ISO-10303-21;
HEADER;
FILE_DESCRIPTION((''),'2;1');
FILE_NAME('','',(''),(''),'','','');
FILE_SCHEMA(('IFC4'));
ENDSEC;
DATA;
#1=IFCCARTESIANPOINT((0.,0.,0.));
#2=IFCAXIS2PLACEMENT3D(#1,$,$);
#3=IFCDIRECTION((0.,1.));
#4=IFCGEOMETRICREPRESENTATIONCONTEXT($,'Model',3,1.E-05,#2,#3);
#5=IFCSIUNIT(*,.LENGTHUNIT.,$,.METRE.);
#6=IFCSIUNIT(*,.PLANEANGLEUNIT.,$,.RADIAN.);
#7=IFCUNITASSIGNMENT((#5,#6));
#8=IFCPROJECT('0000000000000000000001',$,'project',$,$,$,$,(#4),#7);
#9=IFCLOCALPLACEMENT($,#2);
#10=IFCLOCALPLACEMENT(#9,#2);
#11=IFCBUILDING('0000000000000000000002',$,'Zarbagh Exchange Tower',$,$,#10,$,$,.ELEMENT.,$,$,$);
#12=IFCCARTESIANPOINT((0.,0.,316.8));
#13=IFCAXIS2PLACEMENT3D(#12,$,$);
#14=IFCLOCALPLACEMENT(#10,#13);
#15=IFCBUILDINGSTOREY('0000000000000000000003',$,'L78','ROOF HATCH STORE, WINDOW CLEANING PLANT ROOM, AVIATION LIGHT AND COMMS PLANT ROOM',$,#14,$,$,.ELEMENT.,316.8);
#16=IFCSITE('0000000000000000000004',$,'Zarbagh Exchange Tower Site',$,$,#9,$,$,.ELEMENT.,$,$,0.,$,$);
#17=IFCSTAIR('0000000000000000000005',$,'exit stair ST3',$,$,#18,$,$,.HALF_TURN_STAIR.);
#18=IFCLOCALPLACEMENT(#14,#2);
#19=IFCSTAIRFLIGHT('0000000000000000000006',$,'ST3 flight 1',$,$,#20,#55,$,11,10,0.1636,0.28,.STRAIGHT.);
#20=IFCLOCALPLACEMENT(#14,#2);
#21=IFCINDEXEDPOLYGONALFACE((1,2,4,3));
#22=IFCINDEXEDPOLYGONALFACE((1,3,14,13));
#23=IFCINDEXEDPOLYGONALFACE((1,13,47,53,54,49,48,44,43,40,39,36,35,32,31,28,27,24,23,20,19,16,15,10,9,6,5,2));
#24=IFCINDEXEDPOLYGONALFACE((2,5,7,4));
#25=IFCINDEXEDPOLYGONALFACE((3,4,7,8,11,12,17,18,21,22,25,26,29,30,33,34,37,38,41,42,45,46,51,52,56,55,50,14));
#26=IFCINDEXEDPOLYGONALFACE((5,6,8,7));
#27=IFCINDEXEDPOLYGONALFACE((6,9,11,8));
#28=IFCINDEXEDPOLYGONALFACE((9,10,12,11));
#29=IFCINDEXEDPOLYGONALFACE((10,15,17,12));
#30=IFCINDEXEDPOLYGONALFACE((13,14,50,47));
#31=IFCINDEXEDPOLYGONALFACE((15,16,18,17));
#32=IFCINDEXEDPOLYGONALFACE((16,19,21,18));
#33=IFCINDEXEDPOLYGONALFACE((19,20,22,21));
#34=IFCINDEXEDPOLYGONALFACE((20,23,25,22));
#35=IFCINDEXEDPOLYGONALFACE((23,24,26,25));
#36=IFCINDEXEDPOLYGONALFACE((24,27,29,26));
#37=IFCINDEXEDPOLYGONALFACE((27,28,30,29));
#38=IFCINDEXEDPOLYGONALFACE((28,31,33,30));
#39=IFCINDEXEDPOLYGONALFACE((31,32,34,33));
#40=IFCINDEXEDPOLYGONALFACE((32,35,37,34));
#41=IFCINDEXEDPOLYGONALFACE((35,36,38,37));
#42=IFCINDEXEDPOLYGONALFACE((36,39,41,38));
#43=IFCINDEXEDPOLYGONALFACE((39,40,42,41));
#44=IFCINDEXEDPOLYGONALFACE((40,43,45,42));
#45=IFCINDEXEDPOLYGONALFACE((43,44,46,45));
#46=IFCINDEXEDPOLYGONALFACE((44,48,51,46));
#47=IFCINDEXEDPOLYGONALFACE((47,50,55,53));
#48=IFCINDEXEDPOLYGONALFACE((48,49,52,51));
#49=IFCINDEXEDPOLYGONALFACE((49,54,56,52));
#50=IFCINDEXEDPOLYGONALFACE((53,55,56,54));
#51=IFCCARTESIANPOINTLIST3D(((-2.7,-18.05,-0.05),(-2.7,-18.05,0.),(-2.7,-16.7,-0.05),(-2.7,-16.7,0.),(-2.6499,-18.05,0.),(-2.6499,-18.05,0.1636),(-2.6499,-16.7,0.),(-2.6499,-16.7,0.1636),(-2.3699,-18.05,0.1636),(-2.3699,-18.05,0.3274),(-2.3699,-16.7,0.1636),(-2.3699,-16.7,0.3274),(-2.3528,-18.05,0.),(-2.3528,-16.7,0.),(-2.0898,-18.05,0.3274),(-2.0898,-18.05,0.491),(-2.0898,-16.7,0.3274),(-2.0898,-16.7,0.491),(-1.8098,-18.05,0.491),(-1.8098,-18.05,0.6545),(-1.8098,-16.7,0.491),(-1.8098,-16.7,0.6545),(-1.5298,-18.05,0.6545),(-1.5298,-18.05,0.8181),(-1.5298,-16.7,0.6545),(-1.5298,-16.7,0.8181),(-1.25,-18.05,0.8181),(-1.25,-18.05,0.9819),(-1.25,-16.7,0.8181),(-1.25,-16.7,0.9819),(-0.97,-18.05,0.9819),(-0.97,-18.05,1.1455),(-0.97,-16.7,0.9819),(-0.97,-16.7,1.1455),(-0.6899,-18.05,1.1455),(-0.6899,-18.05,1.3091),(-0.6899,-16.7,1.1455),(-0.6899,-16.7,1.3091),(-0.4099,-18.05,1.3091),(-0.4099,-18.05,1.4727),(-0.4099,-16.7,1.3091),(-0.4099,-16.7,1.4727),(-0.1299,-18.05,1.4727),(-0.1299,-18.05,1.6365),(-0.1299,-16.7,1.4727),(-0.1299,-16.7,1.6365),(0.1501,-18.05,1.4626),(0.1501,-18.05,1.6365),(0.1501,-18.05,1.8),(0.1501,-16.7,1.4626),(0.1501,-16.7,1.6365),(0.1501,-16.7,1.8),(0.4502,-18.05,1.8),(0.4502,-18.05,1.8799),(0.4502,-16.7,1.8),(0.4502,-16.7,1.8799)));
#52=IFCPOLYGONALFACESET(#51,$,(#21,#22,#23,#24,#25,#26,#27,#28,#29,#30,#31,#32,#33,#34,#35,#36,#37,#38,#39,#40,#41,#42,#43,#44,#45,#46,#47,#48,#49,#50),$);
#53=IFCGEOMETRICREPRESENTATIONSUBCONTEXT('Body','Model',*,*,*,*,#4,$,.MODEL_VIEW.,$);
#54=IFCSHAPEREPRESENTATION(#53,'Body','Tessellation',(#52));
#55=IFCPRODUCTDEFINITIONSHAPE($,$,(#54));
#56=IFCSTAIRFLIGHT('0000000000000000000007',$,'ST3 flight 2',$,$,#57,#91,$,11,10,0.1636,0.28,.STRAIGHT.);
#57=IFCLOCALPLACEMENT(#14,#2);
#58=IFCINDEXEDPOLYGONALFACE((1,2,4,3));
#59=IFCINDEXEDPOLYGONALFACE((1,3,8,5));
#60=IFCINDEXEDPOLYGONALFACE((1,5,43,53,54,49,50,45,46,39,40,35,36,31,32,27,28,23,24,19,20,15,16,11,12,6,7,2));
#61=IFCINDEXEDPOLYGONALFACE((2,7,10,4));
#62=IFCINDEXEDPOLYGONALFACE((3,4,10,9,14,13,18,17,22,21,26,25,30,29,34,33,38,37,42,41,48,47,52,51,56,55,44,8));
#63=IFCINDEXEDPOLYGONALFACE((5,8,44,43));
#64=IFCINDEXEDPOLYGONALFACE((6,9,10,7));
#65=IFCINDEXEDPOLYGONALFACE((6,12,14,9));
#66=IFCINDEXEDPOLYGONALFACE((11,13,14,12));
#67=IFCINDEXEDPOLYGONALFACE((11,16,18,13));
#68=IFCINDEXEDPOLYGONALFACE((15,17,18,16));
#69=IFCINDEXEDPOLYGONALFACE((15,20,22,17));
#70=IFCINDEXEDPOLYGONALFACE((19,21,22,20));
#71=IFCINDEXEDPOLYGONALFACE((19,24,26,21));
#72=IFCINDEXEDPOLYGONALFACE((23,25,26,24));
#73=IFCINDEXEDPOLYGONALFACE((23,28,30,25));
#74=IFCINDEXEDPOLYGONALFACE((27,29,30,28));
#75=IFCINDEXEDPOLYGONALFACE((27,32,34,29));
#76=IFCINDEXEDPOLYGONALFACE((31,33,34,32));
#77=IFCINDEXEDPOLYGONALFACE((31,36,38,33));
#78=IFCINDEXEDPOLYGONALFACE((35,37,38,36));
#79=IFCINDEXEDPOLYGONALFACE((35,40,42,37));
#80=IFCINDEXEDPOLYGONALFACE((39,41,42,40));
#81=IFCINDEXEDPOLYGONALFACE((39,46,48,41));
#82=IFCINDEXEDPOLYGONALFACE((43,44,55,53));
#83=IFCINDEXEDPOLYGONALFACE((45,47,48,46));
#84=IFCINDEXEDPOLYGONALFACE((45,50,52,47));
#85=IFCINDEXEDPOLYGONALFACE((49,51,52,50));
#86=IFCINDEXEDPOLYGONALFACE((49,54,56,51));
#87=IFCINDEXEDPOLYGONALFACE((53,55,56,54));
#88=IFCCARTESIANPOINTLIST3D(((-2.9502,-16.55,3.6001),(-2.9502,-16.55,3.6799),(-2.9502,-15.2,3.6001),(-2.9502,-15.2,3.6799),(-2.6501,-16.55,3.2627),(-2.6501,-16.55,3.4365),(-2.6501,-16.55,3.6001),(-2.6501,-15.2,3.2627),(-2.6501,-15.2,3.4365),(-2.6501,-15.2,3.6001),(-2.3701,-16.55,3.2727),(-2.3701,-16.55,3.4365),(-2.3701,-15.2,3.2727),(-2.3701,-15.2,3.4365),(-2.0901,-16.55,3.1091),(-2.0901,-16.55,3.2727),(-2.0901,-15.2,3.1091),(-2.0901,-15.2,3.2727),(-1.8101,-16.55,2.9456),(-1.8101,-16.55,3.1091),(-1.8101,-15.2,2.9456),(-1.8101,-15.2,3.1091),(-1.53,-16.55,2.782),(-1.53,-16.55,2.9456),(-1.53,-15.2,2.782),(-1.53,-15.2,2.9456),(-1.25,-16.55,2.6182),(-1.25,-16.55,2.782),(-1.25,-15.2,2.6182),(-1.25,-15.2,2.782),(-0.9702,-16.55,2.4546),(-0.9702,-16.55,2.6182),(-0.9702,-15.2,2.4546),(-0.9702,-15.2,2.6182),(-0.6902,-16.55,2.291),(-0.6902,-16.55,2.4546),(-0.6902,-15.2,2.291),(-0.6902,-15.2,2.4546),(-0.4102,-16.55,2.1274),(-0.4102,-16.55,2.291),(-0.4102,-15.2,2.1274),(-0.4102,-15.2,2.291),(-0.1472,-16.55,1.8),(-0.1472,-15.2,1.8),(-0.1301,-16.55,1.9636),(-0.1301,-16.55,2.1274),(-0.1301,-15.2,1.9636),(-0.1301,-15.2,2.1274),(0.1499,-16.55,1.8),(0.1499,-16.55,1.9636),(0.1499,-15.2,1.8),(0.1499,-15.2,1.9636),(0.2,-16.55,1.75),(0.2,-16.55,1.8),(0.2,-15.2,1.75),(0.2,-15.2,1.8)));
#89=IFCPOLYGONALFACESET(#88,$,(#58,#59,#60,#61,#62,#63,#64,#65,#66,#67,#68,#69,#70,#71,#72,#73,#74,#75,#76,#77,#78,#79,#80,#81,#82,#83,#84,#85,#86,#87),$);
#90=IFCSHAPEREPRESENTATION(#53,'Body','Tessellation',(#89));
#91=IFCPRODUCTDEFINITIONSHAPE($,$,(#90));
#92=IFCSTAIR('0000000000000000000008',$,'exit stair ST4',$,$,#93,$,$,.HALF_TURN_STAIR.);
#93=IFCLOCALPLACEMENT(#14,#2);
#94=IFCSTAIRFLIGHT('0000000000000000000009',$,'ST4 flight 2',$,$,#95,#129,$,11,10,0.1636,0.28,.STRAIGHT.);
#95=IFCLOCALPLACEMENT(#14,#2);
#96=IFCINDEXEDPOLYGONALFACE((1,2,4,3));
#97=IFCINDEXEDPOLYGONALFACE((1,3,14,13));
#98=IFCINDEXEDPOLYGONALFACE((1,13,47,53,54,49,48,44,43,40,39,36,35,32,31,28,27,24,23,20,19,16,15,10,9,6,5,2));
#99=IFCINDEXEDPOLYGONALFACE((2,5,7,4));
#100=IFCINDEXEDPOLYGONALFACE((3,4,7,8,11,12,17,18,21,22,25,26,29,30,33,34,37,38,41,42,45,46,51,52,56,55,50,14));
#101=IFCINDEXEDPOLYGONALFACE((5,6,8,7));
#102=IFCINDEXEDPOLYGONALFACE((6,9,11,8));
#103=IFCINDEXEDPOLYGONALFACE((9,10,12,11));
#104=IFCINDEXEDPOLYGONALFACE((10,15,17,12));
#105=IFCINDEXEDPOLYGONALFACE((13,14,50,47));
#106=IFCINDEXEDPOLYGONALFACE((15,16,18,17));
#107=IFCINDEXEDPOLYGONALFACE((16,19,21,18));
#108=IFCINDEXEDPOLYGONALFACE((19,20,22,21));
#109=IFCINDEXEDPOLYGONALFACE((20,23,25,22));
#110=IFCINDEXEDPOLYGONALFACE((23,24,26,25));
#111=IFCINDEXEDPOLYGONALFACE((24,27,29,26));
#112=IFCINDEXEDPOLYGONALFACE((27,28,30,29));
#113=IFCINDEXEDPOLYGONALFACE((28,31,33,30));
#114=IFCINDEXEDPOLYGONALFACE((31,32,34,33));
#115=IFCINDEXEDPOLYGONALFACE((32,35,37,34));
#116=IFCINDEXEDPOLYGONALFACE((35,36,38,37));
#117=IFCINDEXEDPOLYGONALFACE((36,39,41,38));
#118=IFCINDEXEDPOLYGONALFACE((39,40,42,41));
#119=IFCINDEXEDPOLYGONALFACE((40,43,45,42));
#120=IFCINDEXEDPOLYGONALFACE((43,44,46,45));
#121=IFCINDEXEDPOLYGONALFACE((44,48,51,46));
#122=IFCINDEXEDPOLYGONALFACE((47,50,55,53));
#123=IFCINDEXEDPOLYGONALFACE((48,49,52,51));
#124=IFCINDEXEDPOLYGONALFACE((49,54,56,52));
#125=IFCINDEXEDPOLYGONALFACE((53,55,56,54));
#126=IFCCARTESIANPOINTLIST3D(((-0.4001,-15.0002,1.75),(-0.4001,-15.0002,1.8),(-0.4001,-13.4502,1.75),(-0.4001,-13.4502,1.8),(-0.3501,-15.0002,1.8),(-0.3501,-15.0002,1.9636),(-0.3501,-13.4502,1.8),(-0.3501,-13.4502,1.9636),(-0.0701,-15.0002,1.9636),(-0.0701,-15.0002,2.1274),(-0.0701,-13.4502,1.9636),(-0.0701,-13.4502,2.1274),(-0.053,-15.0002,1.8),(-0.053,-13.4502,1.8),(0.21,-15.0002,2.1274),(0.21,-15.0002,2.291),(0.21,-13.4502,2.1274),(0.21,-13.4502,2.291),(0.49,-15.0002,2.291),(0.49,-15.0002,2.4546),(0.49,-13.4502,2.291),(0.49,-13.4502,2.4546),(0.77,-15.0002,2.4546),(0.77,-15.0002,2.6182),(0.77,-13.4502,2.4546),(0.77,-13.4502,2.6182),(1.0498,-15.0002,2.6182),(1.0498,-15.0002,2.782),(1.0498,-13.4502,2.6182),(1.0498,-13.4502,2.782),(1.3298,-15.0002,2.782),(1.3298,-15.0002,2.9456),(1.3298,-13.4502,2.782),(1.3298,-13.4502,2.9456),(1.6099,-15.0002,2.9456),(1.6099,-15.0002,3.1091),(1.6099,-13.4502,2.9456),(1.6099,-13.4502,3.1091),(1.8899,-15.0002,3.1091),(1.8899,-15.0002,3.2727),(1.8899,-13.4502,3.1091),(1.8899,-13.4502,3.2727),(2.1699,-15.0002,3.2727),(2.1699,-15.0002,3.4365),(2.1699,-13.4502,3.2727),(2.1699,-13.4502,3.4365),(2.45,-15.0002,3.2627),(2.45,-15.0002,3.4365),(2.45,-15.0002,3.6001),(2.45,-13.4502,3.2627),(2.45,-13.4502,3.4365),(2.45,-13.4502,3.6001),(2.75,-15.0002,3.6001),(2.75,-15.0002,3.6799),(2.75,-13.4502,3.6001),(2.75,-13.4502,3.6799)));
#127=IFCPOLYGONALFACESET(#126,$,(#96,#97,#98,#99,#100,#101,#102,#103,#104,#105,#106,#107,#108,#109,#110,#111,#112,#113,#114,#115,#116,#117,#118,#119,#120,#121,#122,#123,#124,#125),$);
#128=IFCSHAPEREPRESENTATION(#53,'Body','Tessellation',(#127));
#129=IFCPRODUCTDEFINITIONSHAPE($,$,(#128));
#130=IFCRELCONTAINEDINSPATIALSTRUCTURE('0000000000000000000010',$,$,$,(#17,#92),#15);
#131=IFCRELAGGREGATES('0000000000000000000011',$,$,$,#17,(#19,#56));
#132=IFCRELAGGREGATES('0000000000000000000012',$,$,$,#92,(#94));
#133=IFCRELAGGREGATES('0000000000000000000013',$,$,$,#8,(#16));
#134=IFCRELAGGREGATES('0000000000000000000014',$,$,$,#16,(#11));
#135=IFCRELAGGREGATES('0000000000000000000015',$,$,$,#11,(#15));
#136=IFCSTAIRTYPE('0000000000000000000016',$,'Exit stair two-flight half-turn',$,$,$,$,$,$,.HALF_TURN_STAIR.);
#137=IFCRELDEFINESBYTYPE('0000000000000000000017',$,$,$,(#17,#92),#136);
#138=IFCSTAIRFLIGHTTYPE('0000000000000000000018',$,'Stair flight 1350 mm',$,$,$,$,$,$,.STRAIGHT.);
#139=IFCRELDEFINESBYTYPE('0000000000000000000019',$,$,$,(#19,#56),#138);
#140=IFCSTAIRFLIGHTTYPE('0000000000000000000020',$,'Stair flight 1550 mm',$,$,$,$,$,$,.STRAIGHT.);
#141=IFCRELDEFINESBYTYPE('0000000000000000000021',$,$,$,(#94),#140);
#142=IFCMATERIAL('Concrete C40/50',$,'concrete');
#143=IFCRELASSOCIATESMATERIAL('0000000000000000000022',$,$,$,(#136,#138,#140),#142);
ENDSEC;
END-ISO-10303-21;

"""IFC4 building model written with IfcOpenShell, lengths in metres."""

from ifc_helpers import new_model, si_unit, direction, frame, origin, place, context, subcontext, project, spatial, polyline, outline, extrude, material, type_object, element, aggregate, save


model = new_model("IFC4")

# Units and contexts
model_context = context("Model", 3, precision=1e-05, world=origin(), true_north=direction((0.0, 1.0)))
body_context = subcontext(model_context, "Body", "Model", "MODEL_VIEW")
ifc_project = project(units=[si_unit("LENGTHUNIT", "METRE"), si_unit("PLANEANGLEUNIT", "RADIAN")], contexts=[model_context])

# Site, building, storey
site_placement = place(None, origin())
site = spatial("IfcSite", under=ifc_project, at=site_placement, Name="Zarbagh Exchange Tower Site", CompositionType="ELEMENT", RefElevation=0.0)
building_placement = place(site_placement, origin())
building = spatial("IfcBuilding", under=site, at=building_placement, Name="Zarbagh Exchange Tower", CompositionType="ELEMENT")
storey_placement = place(building_placement, frame((0.0, 0.0, 316.8)))
storey = spatial("IfcBuildingStorey", under=building, at=storey_placement, Name="L78", Description="ROOF HATCH STORE, WINDOW CLEANING PLANT ROOM, AVIATION LIGHT AND COMMS PLANT ROOM", CompositionType="ELEMENT", Elevation=316.8)

# Shared definitions
ifc_material_1 = material(Name="Concrete C40/50", Category="concrete")

# Stair, stair flights
stair_type = type_object("IfcStairType", Name="Exit stair two-flight half-turn", PredefinedType="HALF_TURN_STAIR", material=ifc_material_1)
stair_1_placement = place(storey_placement, origin())
stair_1 = element("IfcStair", 1, at=stair_1_placement, inside=storey, type_object=stair_type, Name="exit stair ST3", PredefinedType="HALF_TURN_STAIR")
stair_flight_type_1 = type_object("IfcStairFlightType", Name="Stair flight 1350 mm", PredefinedType="STRAIGHT", material=ifc_material_1)
stair_flight_1_placement = place(storey_placement, frame((-2.6499, -17.375, 0.0), z_axis=(0.0, 0.0, 1.0), x_axis=(1.0, 0.0, 0.0)))
stair_flight_1 = element("IfcStairFlight", 2, at=stair_flight_1_placement, type_object=stair_flight_type_1, Name="ST3 flight 1", NumberOfRisers=11, NumberOfTreads=10, PredefinedType="STRAIGHT", RiserHeight=0.1636, TreadLength=0.28, context=body_context, shape_type="SweptSolid", body=[
    extrude(outline(polyline([(-0.05, -0.05), (-0.05, 0.0), (0.0, 0.0), (0.0, 0.1636), (0.28, 0.1636), (0.28, 0.3274), (0.5601, 0.3274), (0.5601, 0.491), (0.8401, 0.491), (0.8401, 0.6545), (1.1201, 0.6545), (1.1201, 0.8181), (1.3999, 0.8181), (1.3999, 0.9819), (1.6799, 0.9819), (1.6799, 1.1455), (1.96, 1.1455), (1.96, 1.3091), (2.24, 1.3091), (2.24, 1.4727), (2.52, 1.4727), (2.52, 1.6365), (2.8, 1.6365), (2.8, 1.8), (3.1001, 1.8799), (3.1001, 1.8), (2.8, 1.4626), (0.2971, 0.0), (-0.05, -0.05)])), frame((0.0, 0.675, 0.0), z_axis=(0.0, -1.0, 0.0), x_axis=(1.0, 0.0, 0.0)), (0.0, 0.0, 1.0), 1.3501),
])
stair_flight_2_placement = place(storey_placement, frame((0.1499, -15.875, 1.8), z_axis=(0.0, 0.0, 1.0), x_axis=(-1.0, 0.0, 0.0)))
stair_flight_2 = element("IfcStairFlight", 3, at=stair_flight_2_placement, type_object=stair_flight_type_1, Name="ST3 flight 2", NumberOfRisers=11, NumberOfTreads=10, PredefinedType="STRAIGHT", RiserHeight=0.1636, TreadLength=0.28, context=body_context, shape_type="SweptSolid", body=[
    extrude(outline(polyline([(-0.05, -0.05), (-0.05, 0.0), (0.0, 0.0), (0.0, 0.1636), (0.28, 0.1636), (0.28, 0.3274), (0.5601, 0.3274), (0.5601, 0.491), (0.8401, 0.491), (0.8401, 0.6545), (1.1201, 0.6545), (1.1201, 0.8181), (1.3999, 0.8181), (1.3999, 0.9819), (1.6799, 0.9819), (1.6799, 1.1455), (1.96, 1.1455), (1.96, 1.3091), (2.24, 1.3091), (2.24, 1.4727), (2.52, 1.4727), (2.52, 1.6365), (2.8, 1.6365), (2.8, 1.8), (3.1001, 1.8799), (3.1001, 1.8), (2.8, 1.4626), (0.2971, 0.0), (-0.05, -0.05)])), frame((0.0, 0.675, 0.0), z_axis=(0.0, -1.0, 0.0), x_axis=(1.0, 0.0, 0.0)), (0.0, 0.0, 1.0), 1.3501),
])
aggregate(stair_1, [stair_flight_1, stair_flight_2])

# Stair, stair flight
stair_2_placement = place(storey_placement, origin())
stair_2 = element("IfcStair", 4, at=stair_2_placement, inside=storey, type_object=stair_type, Name="exit stair ST4", PredefinedType="HALF_TURN_STAIR")
stair_flight_type_2 = type_object("IfcStairFlightType", Name="Stair flight 1550 mm", PredefinedType="STRAIGHT", material=ifc_material_1)
stair_flight_3_placement = place(storey_placement, frame((-0.3501, -14.2251, 1.8), z_axis=(0.0, 0.0, 1.0), x_axis=(1.0, 0.0, 0.0)))
stair_flight_3 = element("IfcStairFlight", 5, at=stair_flight_3_placement, type_object=stair_flight_type_2, Name="ST4 flight 2", NumberOfRisers=11, NumberOfTreads=10, PredefinedType="STRAIGHT", RiserHeight=0.1636, TreadLength=0.28, context=body_context, shape_type="SweptSolid", body=[
    extrude(outline(polyline([(-0.05, -0.05), (-0.05, 0.0), (0.0, 0.0), (0.0, 0.1636), (0.28, 0.1636), (0.28, 0.3274), (0.5601, 0.3274), (0.5601, 0.491), (0.8401, 0.491), (0.8401, 0.6545), (1.1201, 0.6545), (1.1201, 0.8181), (1.3999, 0.8181), (1.3999, 0.9819), (1.6799, 0.9819), (1.6799, 1.1455), (1.96, 1.1455), (1.96, 1.3091), (2.24, 1.3091), (2.24, 1.4727), (2.52, 1.4727), (2.52, 1.6365), (2.8, 1.6365), (2.8, 1.8), (3.1001, 1.8799), (3.1001, 1.8), (2.8, 1.4626), (0.2971, 0.0), (-0.05, -0.05)])), frame((0.0, 0.7749, 0.0), z_axis=(0.0, -1.0, 0.0), x_axis=(1.0, 0.0, 0.0)), (0.0, 0.0, 1.0), 1.55),
])
aggregate(stair_2, [stair_flight_3])

save(model, "model.ifc")
